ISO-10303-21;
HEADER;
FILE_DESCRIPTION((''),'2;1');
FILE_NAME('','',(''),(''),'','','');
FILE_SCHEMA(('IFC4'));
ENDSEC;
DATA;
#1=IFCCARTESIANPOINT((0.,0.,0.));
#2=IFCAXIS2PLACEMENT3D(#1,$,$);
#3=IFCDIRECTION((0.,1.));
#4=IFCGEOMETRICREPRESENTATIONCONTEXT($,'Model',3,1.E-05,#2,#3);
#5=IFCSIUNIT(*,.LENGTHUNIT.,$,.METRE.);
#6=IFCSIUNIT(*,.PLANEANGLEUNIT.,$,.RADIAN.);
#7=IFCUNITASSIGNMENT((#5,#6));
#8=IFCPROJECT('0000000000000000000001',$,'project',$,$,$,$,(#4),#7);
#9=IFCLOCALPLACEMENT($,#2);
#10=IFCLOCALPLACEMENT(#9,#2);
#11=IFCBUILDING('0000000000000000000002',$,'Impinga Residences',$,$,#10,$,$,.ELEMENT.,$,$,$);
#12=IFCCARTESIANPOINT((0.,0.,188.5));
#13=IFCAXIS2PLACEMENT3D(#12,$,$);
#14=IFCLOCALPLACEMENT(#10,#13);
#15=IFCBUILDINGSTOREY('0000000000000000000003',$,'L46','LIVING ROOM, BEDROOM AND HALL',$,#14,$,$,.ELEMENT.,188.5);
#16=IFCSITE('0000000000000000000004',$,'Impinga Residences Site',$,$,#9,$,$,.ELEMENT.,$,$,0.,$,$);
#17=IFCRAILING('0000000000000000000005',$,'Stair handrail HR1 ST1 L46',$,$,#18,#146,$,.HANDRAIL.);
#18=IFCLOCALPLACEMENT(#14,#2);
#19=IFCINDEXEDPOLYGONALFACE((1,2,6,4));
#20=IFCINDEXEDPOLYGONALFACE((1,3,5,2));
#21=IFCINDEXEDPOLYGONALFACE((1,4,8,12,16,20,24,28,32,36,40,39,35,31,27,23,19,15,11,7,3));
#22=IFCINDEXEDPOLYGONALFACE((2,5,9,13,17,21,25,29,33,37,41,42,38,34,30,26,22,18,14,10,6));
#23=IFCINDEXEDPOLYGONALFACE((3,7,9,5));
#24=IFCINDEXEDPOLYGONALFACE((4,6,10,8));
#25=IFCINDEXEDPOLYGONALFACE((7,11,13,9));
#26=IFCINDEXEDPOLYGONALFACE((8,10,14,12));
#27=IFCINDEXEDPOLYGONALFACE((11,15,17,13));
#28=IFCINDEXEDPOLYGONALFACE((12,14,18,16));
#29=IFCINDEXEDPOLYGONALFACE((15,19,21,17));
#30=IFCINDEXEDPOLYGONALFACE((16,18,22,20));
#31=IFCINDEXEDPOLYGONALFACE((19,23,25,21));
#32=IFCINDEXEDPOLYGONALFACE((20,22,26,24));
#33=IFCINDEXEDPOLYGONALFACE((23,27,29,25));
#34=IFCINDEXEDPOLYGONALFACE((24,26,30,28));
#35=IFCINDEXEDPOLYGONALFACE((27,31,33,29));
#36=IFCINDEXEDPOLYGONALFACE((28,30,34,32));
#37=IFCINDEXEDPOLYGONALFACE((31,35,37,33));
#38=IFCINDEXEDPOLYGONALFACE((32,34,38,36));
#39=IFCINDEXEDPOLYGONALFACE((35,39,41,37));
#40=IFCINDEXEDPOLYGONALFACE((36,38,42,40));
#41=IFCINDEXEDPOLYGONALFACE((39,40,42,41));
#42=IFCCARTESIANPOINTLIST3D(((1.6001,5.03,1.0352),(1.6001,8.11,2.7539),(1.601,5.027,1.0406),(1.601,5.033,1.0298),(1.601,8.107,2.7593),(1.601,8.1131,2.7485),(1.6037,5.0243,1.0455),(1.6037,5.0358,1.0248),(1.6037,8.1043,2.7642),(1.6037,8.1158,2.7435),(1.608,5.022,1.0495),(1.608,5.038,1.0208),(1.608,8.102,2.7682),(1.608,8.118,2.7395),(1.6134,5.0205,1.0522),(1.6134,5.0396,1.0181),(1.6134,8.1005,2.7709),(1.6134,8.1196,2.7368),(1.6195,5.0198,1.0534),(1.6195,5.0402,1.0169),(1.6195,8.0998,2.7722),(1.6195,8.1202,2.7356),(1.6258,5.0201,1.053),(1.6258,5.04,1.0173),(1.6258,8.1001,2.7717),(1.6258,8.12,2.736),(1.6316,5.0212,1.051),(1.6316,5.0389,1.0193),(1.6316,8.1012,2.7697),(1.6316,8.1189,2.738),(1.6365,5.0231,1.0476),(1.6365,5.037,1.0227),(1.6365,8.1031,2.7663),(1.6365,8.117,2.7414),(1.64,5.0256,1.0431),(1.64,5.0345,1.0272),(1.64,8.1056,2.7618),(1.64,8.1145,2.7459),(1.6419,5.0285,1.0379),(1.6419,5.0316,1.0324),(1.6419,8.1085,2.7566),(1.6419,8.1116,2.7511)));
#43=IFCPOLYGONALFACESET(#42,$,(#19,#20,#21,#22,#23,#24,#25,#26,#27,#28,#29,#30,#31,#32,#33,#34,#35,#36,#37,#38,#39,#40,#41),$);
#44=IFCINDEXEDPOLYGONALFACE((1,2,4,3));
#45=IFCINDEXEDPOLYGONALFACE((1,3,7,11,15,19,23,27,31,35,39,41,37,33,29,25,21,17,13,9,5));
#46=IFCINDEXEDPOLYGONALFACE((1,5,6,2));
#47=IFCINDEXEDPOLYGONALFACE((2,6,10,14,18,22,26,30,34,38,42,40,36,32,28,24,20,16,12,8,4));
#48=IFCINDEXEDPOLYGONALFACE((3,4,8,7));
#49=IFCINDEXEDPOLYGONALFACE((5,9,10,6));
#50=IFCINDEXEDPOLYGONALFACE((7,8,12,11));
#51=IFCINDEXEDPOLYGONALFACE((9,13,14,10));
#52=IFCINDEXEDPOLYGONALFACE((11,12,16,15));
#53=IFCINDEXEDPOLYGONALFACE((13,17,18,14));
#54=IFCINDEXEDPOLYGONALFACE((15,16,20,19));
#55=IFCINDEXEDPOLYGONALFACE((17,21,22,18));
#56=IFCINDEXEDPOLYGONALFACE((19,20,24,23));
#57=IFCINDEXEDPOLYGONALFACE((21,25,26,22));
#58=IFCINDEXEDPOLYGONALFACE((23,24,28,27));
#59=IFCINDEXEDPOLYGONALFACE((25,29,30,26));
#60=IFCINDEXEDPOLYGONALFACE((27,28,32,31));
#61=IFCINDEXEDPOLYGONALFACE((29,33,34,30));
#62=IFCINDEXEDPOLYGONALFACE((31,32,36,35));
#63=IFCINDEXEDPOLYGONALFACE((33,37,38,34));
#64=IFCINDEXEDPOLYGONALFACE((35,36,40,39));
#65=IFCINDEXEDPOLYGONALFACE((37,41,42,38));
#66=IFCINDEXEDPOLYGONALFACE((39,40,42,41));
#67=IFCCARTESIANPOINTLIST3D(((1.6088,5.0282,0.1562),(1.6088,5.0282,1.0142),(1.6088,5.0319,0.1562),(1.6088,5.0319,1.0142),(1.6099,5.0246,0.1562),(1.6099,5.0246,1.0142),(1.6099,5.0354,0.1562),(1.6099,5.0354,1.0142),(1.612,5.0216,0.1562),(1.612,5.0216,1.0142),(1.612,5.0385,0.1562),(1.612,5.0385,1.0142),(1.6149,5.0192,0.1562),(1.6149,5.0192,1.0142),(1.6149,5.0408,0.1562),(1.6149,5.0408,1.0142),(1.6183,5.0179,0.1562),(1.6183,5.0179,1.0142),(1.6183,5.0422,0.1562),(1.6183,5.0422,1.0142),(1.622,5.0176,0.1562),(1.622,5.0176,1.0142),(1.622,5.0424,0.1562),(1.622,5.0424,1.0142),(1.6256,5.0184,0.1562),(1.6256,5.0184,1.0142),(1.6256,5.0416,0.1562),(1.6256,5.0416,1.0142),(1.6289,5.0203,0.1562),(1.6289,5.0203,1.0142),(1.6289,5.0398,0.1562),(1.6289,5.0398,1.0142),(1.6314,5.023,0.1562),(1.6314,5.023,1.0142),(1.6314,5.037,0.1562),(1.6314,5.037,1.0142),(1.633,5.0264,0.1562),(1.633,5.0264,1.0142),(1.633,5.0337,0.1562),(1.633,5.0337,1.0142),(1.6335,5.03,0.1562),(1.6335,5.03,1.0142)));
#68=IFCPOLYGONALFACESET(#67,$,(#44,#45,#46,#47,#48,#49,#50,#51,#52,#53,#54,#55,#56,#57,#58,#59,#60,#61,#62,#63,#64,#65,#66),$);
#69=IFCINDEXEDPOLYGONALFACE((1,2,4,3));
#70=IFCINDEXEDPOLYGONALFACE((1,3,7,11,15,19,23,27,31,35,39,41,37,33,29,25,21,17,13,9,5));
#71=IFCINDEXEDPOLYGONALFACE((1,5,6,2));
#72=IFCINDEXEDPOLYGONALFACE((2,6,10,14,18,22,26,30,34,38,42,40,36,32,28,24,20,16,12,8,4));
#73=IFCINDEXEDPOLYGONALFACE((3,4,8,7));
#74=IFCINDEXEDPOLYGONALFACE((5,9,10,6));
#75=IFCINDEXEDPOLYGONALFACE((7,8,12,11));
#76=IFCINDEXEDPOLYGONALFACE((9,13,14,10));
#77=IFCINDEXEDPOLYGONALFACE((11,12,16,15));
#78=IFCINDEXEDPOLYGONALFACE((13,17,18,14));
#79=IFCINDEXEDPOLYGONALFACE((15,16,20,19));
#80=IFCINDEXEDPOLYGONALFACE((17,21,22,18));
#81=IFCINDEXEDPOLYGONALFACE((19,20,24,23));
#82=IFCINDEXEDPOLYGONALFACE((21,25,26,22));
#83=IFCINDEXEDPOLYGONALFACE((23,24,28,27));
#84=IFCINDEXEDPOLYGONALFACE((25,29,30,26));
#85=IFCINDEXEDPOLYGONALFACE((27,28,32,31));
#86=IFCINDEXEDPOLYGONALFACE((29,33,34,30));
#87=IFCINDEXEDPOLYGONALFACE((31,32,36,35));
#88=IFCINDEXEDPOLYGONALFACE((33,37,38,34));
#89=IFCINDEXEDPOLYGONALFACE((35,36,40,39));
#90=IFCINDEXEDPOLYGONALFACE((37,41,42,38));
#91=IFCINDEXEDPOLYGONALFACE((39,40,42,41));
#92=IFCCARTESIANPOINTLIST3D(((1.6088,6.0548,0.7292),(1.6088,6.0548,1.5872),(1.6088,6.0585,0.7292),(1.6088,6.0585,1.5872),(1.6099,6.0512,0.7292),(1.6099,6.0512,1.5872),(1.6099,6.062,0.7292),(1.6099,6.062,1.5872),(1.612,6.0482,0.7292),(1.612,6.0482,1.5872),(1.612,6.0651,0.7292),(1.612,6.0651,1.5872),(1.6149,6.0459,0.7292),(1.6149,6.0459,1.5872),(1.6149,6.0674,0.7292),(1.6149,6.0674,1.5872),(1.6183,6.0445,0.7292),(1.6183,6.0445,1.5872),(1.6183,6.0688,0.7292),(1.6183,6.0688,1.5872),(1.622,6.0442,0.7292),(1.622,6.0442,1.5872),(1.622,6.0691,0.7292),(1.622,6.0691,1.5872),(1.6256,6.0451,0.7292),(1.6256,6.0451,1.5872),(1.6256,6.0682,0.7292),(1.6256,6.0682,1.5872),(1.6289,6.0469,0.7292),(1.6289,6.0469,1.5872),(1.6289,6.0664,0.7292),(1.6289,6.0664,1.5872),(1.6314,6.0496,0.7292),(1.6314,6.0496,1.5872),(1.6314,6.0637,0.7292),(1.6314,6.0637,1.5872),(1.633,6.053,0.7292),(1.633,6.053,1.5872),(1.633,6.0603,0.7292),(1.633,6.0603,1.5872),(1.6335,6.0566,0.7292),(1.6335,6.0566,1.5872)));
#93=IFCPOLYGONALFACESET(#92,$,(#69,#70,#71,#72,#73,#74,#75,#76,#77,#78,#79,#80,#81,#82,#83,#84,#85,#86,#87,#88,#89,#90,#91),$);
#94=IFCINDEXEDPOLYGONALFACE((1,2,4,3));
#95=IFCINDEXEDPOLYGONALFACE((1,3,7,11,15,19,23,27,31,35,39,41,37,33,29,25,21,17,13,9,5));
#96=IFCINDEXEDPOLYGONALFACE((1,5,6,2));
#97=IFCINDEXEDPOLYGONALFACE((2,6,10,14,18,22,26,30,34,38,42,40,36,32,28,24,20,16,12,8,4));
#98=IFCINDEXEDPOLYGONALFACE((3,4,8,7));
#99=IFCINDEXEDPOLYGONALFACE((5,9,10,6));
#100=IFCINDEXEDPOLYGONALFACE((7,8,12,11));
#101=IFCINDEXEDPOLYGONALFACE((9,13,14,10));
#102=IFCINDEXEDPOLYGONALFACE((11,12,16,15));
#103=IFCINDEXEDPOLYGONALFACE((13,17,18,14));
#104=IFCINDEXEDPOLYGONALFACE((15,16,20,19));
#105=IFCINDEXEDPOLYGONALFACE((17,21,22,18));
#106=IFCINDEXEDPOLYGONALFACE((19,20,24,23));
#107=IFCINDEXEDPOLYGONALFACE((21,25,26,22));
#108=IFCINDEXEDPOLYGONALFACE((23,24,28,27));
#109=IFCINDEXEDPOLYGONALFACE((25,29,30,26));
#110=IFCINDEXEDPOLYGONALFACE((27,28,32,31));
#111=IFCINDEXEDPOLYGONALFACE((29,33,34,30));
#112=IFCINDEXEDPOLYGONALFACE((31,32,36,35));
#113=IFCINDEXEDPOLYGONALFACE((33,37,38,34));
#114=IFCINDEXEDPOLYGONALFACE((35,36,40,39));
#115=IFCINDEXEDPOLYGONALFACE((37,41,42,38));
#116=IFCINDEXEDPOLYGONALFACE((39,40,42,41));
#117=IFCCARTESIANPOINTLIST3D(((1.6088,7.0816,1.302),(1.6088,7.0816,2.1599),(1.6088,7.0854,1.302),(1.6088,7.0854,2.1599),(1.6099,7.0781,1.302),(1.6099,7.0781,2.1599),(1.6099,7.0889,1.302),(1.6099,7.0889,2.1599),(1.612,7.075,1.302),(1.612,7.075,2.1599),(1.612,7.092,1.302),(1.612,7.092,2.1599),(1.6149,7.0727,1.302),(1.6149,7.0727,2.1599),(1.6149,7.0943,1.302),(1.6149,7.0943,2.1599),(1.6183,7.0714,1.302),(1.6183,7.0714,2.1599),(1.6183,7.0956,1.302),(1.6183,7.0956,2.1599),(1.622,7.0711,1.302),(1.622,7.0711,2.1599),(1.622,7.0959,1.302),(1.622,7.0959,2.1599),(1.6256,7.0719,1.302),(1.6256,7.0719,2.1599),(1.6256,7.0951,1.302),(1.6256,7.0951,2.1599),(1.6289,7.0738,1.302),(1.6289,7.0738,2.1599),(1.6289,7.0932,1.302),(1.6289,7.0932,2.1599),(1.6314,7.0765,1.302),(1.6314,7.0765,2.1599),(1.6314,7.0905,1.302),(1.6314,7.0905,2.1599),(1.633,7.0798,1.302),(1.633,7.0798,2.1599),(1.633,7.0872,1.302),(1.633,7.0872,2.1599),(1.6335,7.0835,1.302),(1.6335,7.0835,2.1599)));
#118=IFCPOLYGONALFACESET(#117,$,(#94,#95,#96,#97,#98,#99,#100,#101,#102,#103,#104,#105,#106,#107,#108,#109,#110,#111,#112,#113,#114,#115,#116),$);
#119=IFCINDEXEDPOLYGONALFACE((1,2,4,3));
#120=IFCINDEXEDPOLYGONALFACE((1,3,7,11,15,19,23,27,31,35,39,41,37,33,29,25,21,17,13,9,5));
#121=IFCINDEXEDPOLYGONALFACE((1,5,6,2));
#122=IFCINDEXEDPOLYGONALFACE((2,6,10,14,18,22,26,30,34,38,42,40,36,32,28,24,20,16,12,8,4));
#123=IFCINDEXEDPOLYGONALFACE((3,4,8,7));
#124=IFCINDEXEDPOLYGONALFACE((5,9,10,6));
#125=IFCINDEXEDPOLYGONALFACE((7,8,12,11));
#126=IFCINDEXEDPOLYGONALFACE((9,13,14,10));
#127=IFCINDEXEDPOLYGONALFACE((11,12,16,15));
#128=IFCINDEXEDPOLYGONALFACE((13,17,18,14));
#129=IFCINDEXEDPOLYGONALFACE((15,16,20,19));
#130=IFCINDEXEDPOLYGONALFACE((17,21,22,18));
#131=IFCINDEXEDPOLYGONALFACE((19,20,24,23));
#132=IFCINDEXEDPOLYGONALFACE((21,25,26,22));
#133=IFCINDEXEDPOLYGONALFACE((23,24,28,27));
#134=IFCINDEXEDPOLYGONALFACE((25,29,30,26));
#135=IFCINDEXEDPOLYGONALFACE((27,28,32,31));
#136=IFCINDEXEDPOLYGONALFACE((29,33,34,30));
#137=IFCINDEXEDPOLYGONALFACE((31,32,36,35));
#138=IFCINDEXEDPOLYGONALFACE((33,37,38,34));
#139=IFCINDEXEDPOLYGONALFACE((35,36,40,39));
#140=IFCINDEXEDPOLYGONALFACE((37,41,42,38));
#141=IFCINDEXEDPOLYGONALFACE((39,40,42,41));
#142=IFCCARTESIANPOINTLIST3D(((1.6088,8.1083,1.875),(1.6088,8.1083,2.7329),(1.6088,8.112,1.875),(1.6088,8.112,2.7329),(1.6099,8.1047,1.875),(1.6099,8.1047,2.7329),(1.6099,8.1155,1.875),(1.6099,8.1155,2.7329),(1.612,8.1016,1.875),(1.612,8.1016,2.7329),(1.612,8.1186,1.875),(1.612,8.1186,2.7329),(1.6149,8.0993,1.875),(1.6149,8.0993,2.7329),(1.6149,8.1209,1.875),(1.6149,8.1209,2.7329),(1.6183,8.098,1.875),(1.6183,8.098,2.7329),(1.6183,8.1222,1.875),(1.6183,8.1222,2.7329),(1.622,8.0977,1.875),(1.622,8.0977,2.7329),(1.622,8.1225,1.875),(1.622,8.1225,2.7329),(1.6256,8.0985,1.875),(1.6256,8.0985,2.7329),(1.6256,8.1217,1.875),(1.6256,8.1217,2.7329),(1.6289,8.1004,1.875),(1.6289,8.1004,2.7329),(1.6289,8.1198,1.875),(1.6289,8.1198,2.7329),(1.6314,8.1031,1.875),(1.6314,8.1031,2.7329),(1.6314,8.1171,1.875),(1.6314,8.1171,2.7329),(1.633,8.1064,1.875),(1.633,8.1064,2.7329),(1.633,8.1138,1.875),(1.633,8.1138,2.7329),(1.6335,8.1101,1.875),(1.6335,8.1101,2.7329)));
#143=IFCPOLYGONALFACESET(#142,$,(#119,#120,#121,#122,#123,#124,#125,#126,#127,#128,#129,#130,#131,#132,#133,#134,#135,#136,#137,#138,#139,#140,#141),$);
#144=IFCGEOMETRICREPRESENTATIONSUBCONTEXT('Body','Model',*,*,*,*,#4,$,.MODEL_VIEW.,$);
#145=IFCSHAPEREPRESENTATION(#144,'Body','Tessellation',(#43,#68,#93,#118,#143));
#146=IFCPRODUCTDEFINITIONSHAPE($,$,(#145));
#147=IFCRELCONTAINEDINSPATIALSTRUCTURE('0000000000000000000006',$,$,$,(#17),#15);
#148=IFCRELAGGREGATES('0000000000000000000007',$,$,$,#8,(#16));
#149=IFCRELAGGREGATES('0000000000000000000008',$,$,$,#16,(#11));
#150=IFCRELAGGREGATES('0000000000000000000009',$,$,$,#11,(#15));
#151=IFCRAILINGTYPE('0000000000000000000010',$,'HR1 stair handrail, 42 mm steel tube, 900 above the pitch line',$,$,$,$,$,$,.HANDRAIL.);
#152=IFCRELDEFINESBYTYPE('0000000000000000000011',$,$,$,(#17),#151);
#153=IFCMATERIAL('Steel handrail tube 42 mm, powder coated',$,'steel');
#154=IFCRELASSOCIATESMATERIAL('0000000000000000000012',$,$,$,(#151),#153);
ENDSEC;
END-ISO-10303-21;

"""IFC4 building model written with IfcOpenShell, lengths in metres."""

from ifc_helpers import new_model, si_unit, direction, frame, origin, origin_2d, place, context, subcontext, project, spatial, circle, extrude, material, type_object, element, save


model = new_model("IFC4")

# Units and contexts
model_context = context("Model", 3, precision=1e-05, world=origin(), true_north=direction((0.0, 1.0)))
body_context = subcontext(model_context, "Body", "Model", "MODEL_VIEW")
ifc_project = project(units=[si_unit("LENGTHUNIT", "METRE"), si_unit("PLANEANGLEUNIT", "RADIAN")], contexts=[model_context])

# Site, building, storey
site_placement = place(None, origin())
site = spatial("IfcSite", under=ifc_project, at=site_placement, Name="Impinga Residences Site", CompositionType="ELEMENT", RefElevation=0.0)
building_placement = place(site_placement, origin())
building = spatial("IfcBuilding", under=site, at=building_placement, Name="Impinga Residences", CompositionType="ELEMENT")
storey_placement = place(building_placement, frame((0.0, 0.0, 188.5)))
storey = spatial("IfcBuildingStorey", under=building, at=storey_placement, Name="L46", Description="LIVING ROOM, BEDROOM AND HALL", CompositionType="ELEMENT", Elevation=188.5)

# Railing
ifc_material_1 = material(Name="Steel handrail tube 42 mm, powder coated", Category="steel")
railing_type_1 = type_object("IfcRailingType", Name="HR1 stair handrail, 42 mm steel tube, 900 above the pitch line", PredefinedType="HANDRAIL", material=ifc_material_1)
railing_1_placement = place(storey_placement, frame((1.6211, 5.03, 0.1562)))
element("IfcRailing", 1, at=railing_1_placement, inside=storey, type_object=railing_type_1, Name="Stair handrail HR1 ST1 L46", PredefinedType="HANDRAIL", context=body_context, shape_type="SweptSolid", body=[
    extrude(circle(Radius=0.021, at=origin_2d()), frame((0.0, 0.0, 0.8789), z_axis=(0.0, 0.873242, 0.487288), x_axis=(-1.0, 0.0, 0.0)), (0.0, 0.0, 1.0), 3.5271),
    extrude(circle(Radius=0.0125, at=origin_2d()), origin(), (0.0, 0.0, 1.0), 0.8579),
    extrude(circle(Radius=0.0125, at=origin_2d()), frame((0.0, 1.0266, 0.573)), (0.0, 0.0, 1.0), 0.8579),
    extrude(circle(Radius=0.0125, at=origin_2d()), frame((0.0, 2.0535, 1.1458)), (0.0, 0.0, 1.0), 0.8579),
    extrude(circle(Radius=0.0125, at=origin_2d()), frame((0.0, 3.0801, 1.7188)), (0.0, 0.0, 1.0), 0.8579),
])

save(model, "model.ifc")
